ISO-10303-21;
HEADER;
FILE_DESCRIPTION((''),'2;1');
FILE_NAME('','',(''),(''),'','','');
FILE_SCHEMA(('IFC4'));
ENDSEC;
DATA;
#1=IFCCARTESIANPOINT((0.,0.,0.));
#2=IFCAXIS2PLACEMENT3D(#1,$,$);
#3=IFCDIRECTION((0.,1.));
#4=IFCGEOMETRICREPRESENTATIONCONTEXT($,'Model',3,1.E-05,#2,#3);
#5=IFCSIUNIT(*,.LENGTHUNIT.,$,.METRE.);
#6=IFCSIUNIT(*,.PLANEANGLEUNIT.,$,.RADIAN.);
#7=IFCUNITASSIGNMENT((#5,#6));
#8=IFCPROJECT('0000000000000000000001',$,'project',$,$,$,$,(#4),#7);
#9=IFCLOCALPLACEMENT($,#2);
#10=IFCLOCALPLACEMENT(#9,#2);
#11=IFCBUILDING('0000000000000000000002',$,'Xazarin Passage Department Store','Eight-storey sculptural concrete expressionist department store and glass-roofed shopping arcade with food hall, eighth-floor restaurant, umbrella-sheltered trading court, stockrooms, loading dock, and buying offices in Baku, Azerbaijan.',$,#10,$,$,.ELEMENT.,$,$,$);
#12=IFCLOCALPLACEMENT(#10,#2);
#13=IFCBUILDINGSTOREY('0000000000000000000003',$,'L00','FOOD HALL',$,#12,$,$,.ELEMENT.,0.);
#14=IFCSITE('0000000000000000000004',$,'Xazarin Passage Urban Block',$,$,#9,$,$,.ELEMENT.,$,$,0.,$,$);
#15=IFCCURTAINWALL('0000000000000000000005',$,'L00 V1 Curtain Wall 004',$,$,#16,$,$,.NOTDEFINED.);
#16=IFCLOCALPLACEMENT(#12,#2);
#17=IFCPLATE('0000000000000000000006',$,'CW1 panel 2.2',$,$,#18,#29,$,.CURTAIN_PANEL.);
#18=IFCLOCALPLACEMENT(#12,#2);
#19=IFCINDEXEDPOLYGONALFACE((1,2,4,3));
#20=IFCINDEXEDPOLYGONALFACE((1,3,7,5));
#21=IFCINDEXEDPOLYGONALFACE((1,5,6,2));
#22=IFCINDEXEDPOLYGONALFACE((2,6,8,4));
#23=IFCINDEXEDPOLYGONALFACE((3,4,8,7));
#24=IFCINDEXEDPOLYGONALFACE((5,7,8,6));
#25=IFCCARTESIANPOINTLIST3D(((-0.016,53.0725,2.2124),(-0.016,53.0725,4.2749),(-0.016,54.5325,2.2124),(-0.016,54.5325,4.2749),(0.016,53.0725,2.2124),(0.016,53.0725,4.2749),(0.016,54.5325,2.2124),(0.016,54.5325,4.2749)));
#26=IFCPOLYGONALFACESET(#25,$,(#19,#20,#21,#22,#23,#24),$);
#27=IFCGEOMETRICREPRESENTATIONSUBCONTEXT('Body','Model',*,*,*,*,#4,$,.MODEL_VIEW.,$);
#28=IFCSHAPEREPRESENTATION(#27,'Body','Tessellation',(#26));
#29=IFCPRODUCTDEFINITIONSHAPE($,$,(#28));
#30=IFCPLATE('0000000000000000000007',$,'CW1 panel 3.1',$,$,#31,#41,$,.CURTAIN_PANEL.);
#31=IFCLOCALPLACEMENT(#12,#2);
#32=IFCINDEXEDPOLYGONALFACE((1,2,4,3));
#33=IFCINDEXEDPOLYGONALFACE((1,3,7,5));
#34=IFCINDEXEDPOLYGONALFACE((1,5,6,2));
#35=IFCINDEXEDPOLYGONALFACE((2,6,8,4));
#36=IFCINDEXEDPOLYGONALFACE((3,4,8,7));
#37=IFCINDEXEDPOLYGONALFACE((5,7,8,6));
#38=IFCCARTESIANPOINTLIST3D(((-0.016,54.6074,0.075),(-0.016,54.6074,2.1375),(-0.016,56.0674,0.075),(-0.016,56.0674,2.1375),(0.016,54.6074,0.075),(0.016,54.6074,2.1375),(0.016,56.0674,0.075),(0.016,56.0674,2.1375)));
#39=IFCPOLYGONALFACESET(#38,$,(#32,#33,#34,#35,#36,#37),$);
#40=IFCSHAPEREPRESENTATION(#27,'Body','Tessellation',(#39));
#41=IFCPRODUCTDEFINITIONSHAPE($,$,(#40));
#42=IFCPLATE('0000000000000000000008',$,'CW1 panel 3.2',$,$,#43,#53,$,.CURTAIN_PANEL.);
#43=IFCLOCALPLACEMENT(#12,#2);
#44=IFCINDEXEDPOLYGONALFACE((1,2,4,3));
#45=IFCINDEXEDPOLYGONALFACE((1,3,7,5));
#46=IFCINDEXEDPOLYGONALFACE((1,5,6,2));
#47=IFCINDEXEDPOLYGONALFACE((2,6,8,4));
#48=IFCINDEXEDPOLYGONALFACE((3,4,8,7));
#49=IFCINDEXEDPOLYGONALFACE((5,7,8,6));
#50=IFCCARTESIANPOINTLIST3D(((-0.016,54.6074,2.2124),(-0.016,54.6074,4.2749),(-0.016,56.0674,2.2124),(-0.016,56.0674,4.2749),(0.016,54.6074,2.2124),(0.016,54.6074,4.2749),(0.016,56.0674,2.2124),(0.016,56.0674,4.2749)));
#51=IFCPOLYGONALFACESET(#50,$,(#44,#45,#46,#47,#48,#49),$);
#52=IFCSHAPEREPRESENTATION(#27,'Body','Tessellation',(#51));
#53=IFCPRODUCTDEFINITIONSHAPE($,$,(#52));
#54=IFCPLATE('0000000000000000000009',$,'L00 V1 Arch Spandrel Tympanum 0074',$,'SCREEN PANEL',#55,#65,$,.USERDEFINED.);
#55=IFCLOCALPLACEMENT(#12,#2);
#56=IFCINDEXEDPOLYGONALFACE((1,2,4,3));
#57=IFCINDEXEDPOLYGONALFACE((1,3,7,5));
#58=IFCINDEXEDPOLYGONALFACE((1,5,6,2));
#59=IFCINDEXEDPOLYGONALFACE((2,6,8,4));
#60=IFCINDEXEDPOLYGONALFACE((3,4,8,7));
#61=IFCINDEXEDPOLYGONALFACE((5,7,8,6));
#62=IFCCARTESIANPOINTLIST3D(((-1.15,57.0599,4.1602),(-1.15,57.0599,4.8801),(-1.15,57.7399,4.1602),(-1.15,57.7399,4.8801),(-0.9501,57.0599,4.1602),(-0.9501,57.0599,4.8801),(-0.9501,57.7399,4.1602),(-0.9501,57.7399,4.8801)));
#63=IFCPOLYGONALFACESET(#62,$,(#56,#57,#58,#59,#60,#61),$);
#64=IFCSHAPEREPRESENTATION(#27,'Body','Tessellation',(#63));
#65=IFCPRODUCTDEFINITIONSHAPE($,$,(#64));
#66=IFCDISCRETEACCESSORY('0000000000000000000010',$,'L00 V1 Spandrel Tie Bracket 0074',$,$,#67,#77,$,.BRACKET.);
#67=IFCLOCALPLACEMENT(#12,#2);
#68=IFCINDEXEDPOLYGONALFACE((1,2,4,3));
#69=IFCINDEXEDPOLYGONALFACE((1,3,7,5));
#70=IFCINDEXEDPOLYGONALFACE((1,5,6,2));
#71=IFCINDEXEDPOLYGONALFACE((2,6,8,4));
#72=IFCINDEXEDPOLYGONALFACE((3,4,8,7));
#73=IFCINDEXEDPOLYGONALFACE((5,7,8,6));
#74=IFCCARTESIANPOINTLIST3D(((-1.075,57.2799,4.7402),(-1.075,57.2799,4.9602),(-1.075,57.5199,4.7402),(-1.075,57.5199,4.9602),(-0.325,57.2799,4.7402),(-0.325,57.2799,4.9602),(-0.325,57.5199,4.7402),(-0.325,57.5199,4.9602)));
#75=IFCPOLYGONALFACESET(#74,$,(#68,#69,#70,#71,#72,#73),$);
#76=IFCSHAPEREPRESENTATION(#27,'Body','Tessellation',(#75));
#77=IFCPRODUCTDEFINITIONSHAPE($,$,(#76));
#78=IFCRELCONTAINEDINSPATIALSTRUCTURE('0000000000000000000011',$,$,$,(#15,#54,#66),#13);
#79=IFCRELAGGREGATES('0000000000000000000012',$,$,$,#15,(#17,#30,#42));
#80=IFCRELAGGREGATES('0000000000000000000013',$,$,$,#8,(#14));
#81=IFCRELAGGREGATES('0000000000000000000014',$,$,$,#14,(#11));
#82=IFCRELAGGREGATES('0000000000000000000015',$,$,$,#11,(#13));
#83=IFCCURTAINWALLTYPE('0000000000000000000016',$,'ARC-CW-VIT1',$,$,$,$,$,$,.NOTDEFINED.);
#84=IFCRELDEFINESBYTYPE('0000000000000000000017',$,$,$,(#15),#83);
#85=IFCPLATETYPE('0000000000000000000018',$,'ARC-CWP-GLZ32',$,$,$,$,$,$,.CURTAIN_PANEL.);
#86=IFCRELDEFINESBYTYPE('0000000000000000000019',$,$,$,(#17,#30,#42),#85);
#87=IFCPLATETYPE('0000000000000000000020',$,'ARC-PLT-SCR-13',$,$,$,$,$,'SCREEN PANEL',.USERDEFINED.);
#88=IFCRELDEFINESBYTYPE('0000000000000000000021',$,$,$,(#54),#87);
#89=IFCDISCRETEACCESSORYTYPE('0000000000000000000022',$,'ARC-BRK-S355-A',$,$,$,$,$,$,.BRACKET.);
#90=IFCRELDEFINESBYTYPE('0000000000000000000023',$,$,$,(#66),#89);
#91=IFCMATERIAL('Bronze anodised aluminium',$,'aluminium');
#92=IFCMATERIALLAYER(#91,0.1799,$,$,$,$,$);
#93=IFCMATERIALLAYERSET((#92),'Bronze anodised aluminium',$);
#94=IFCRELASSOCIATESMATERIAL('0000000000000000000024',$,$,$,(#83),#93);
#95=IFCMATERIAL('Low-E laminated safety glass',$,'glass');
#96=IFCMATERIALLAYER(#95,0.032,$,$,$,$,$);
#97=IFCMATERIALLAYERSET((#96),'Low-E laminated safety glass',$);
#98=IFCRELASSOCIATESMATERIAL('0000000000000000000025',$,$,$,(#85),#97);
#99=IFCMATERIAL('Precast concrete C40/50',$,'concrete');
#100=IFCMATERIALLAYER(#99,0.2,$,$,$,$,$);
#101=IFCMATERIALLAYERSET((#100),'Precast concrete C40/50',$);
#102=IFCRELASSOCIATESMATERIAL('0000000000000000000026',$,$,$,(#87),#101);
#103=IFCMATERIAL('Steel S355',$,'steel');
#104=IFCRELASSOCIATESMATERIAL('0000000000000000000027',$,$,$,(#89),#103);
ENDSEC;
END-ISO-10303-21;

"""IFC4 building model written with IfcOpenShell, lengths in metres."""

from ifc_helpers import new_model, si_unit, direction, frame, origin, origin_2d, place, context, subcontext, project, spatial, rectangle, extrude, material, layer, layer_set, type_object, element, aggregate, save


model = new_model("IFC4")

# Units and contexts
model_context = context("Model", 3, precision=1e-05, world=origin(), true_north=direction((0.0, 1.0)))
body_context = subcontext(model_context, "Body", "Model", "MODEL_VIEW")
ifc_project = project(units=[si_unit("LENGTHUNIT", "METRE"), si_unit("PLANEANGLEUNIT", "RADIAN")], contexts=[model_context])

# Site, building, storey
site_placement = place(None, origin())
site = spatial("IfcSite", under=ifc_project, at=site_placement, Name="Xazarin Passage Urban Block", CompositionType="ELEMENT", RefElevation=0.0)
building_placement = place(site_placement, origin())
building = spatial("IfcBuilding", under=site, at=building_placement, Name="Xazarin Passage Department Store", Description="Eight-storey sculptural concrete expressionist department store and glass-roofed shopping arcade with food hall, eighth-floor restaurant, umbrella-sheltered trading court, stockrooms, loading dock, and buying offices in Baku, Azerbaijan.", CompositionType="ELEMENT")
storey_placement = place(building_placement, origin())
storey = spatial("IfcBuildingStorey", under=building, at=storey_placement, Name="L00", Description="FOOD HALL", CompositionType="ELEMENT", Elevation=0.0)

# Curtain wall
ifc_material_1 = material(Name="Bronze anodised aluminium", Category="aluminium")
ifc_layer_1 = layer(ifc_material_1, 0.1799)
ifc_layer_set_1 = layer_set([ifc_layer_1], Name="Bronze anodised aluminium")
curtain_wall_type = type_object("IfcCurtainWallType", Name="ARC-CW-VIT1", PredefinedType="NOTDEFINED", material=ifc_layer_set_1)
curtain_wall_placement = place(storey_placement, origin())
curtain_wall = element("IfcCurtainWall", 1, at=curtain_wall_placement, inside=storey, type_object=curtain_wall_type, Name="L00 V1 Curtain Wall 004", PredefinedType="NOTDEFINED")

# Shared definitions
ifc_material_2 = material(Name="Steel S355", Category="steel")

# Plates
ifc_material_3 = material(Name="Low-E laminated safety glass", Category="glass")
ifc_layer_2 = layer(ifc_material_3, 0.032)
ifc_layer_set_2 = layer_set([ifc_layer_2], Name="Low-E laminated safety glass")
plate_type_1 = type_object("IfcPlateType", Name="ARC-CWP-GLZ32", PredefinedType="CURTAIN_PANEL", material=ifc_layer_set_2)
plate_1_placement = place(storey_placement, frame((0.0, 53.8025, 2.2124), z_axis=(0.0, 0.0, 1.0), x_axis=(0.0, 1.0, 0.0)))
plate_1 = element("IfcPlate", 2, at=plate_1_placement, type_object=plate_type_1, Name="CW1 panel 2.2", PredefinedType="CURTAIN_PANEL", context=body_context, shape_type="SweptSolid", body=[
    extrude(rectangle(XDim=1.46, YDim=0.032, at=origin_2d()), origin(), (0.0, 0.0, 1.0), 2.0625),
])
plate_2_placement = place(storey_placement, frame((0.0, 55.3374, 0.075), z_axis=(0.0, 0.0, 1.0), x_axis=(0.0, 1.0, 0.0)))
plate_2 = element("IfcPlate", 3, at=plate_2_placement, type_object=plate_type_1, Name="CW1 panel 3.1", PredefinedType="CURTAIN_PANEL", context=body_context, shape_type="SweptSolid", body=[
    extrude(rectangle(XDim=1.46, YDim=0.032, at=origin_2d()), origin(), (0.0, 0.0, 1.0), 2.0625),
])
plate_3_placement = place(storey_placement, frame((0.0, 55.3374, 2.2124), z_axis=(0.0, 0.0, 1.0), x_axis=(0.0, 1.0, 0.0)))
plate_3 = element("IfcPlate", 4, at=plate_3_placement, type_object=plate_type_1, Name="CW1 panel 3.2", PredefinedType="CURTAIN_PANEL", context=body_context, shape_type="SweptSolid", body=[
    extrude(rectangle(XDim=1.46, YDim=0.032, at=origin_2d()), origin(), (0.0, 0.0, 1.0), 2.0625),
])
aggregate(curtain_wall, [plate_1, plate_2, plate_3])
ifc_material_4 = material(Name="Precast concrete C40/50", Category="concrete")
ifc_layer_3 = layer(ifc_material_4, 0.2)
ifc_layer_set_3 = layer_set([ifc_layer_3], Name="Precast concrete C40/50")
plate_type_2 = type_object("IfcPlateType", Name="ARC-PLT-SCR-13", ElementType="SCREEN PANEL", PredefinedType="USERDEFINED", material=ifc_layer_set_3)
plate_4_placement = place(storey_placement, frame((-1.05, 57.3999, 4.1602), z_axis=(0.0, 0.0, 1.0), x_axis=(0.0, 1.0, 0.0)))
element("IfcPlate", 5, at=plate_4_placement, inside=storey, type_object=plate_type_2, Name="L00 V1 Arch Spandrel Tympanum 0074", ObjectType="SCREEN PANEL", PredefinedType="USERDEFINED", context=body_context, shape_type="SweptSolid", body=[
    extrude(rectangle(XDim=0.6799, YDim=0.2, at=origin_2d()), origin(), (0.0, 0.0, 1.0), 0.72),
])

# Discrete accessory
discrete_accessory_type = type_object("IfcDiscreteAccessoryType", Name="ARC-BRK-S355-A", PredefinedType="BRACKET", material=ifc_material_2)
discrete_accessory_placement = place(storey_placement, frame((-0.7, 57.3999, 4.7402), z_axis=(0.0, 0.0, 1.0), x_axis=(0.0, 1.0, 0.0)))
element("IfcDiscreteAccessory", 6, at=discrete_accessory_placement, inside=storey, type_object=discrete_accessory_type, Name="L00 V1 Spandrel Tie Bracket 0074", PredefinedType="BRACKET", context=body_context, shape_type="SweptSolid", body=[
    extrude(rectangle(XDim=0.24, YDim=0.75, at=origin_2d()), origin(), (0.0, 0.0, 1.0), 0.22),
])

save(model, "model.ifc")
